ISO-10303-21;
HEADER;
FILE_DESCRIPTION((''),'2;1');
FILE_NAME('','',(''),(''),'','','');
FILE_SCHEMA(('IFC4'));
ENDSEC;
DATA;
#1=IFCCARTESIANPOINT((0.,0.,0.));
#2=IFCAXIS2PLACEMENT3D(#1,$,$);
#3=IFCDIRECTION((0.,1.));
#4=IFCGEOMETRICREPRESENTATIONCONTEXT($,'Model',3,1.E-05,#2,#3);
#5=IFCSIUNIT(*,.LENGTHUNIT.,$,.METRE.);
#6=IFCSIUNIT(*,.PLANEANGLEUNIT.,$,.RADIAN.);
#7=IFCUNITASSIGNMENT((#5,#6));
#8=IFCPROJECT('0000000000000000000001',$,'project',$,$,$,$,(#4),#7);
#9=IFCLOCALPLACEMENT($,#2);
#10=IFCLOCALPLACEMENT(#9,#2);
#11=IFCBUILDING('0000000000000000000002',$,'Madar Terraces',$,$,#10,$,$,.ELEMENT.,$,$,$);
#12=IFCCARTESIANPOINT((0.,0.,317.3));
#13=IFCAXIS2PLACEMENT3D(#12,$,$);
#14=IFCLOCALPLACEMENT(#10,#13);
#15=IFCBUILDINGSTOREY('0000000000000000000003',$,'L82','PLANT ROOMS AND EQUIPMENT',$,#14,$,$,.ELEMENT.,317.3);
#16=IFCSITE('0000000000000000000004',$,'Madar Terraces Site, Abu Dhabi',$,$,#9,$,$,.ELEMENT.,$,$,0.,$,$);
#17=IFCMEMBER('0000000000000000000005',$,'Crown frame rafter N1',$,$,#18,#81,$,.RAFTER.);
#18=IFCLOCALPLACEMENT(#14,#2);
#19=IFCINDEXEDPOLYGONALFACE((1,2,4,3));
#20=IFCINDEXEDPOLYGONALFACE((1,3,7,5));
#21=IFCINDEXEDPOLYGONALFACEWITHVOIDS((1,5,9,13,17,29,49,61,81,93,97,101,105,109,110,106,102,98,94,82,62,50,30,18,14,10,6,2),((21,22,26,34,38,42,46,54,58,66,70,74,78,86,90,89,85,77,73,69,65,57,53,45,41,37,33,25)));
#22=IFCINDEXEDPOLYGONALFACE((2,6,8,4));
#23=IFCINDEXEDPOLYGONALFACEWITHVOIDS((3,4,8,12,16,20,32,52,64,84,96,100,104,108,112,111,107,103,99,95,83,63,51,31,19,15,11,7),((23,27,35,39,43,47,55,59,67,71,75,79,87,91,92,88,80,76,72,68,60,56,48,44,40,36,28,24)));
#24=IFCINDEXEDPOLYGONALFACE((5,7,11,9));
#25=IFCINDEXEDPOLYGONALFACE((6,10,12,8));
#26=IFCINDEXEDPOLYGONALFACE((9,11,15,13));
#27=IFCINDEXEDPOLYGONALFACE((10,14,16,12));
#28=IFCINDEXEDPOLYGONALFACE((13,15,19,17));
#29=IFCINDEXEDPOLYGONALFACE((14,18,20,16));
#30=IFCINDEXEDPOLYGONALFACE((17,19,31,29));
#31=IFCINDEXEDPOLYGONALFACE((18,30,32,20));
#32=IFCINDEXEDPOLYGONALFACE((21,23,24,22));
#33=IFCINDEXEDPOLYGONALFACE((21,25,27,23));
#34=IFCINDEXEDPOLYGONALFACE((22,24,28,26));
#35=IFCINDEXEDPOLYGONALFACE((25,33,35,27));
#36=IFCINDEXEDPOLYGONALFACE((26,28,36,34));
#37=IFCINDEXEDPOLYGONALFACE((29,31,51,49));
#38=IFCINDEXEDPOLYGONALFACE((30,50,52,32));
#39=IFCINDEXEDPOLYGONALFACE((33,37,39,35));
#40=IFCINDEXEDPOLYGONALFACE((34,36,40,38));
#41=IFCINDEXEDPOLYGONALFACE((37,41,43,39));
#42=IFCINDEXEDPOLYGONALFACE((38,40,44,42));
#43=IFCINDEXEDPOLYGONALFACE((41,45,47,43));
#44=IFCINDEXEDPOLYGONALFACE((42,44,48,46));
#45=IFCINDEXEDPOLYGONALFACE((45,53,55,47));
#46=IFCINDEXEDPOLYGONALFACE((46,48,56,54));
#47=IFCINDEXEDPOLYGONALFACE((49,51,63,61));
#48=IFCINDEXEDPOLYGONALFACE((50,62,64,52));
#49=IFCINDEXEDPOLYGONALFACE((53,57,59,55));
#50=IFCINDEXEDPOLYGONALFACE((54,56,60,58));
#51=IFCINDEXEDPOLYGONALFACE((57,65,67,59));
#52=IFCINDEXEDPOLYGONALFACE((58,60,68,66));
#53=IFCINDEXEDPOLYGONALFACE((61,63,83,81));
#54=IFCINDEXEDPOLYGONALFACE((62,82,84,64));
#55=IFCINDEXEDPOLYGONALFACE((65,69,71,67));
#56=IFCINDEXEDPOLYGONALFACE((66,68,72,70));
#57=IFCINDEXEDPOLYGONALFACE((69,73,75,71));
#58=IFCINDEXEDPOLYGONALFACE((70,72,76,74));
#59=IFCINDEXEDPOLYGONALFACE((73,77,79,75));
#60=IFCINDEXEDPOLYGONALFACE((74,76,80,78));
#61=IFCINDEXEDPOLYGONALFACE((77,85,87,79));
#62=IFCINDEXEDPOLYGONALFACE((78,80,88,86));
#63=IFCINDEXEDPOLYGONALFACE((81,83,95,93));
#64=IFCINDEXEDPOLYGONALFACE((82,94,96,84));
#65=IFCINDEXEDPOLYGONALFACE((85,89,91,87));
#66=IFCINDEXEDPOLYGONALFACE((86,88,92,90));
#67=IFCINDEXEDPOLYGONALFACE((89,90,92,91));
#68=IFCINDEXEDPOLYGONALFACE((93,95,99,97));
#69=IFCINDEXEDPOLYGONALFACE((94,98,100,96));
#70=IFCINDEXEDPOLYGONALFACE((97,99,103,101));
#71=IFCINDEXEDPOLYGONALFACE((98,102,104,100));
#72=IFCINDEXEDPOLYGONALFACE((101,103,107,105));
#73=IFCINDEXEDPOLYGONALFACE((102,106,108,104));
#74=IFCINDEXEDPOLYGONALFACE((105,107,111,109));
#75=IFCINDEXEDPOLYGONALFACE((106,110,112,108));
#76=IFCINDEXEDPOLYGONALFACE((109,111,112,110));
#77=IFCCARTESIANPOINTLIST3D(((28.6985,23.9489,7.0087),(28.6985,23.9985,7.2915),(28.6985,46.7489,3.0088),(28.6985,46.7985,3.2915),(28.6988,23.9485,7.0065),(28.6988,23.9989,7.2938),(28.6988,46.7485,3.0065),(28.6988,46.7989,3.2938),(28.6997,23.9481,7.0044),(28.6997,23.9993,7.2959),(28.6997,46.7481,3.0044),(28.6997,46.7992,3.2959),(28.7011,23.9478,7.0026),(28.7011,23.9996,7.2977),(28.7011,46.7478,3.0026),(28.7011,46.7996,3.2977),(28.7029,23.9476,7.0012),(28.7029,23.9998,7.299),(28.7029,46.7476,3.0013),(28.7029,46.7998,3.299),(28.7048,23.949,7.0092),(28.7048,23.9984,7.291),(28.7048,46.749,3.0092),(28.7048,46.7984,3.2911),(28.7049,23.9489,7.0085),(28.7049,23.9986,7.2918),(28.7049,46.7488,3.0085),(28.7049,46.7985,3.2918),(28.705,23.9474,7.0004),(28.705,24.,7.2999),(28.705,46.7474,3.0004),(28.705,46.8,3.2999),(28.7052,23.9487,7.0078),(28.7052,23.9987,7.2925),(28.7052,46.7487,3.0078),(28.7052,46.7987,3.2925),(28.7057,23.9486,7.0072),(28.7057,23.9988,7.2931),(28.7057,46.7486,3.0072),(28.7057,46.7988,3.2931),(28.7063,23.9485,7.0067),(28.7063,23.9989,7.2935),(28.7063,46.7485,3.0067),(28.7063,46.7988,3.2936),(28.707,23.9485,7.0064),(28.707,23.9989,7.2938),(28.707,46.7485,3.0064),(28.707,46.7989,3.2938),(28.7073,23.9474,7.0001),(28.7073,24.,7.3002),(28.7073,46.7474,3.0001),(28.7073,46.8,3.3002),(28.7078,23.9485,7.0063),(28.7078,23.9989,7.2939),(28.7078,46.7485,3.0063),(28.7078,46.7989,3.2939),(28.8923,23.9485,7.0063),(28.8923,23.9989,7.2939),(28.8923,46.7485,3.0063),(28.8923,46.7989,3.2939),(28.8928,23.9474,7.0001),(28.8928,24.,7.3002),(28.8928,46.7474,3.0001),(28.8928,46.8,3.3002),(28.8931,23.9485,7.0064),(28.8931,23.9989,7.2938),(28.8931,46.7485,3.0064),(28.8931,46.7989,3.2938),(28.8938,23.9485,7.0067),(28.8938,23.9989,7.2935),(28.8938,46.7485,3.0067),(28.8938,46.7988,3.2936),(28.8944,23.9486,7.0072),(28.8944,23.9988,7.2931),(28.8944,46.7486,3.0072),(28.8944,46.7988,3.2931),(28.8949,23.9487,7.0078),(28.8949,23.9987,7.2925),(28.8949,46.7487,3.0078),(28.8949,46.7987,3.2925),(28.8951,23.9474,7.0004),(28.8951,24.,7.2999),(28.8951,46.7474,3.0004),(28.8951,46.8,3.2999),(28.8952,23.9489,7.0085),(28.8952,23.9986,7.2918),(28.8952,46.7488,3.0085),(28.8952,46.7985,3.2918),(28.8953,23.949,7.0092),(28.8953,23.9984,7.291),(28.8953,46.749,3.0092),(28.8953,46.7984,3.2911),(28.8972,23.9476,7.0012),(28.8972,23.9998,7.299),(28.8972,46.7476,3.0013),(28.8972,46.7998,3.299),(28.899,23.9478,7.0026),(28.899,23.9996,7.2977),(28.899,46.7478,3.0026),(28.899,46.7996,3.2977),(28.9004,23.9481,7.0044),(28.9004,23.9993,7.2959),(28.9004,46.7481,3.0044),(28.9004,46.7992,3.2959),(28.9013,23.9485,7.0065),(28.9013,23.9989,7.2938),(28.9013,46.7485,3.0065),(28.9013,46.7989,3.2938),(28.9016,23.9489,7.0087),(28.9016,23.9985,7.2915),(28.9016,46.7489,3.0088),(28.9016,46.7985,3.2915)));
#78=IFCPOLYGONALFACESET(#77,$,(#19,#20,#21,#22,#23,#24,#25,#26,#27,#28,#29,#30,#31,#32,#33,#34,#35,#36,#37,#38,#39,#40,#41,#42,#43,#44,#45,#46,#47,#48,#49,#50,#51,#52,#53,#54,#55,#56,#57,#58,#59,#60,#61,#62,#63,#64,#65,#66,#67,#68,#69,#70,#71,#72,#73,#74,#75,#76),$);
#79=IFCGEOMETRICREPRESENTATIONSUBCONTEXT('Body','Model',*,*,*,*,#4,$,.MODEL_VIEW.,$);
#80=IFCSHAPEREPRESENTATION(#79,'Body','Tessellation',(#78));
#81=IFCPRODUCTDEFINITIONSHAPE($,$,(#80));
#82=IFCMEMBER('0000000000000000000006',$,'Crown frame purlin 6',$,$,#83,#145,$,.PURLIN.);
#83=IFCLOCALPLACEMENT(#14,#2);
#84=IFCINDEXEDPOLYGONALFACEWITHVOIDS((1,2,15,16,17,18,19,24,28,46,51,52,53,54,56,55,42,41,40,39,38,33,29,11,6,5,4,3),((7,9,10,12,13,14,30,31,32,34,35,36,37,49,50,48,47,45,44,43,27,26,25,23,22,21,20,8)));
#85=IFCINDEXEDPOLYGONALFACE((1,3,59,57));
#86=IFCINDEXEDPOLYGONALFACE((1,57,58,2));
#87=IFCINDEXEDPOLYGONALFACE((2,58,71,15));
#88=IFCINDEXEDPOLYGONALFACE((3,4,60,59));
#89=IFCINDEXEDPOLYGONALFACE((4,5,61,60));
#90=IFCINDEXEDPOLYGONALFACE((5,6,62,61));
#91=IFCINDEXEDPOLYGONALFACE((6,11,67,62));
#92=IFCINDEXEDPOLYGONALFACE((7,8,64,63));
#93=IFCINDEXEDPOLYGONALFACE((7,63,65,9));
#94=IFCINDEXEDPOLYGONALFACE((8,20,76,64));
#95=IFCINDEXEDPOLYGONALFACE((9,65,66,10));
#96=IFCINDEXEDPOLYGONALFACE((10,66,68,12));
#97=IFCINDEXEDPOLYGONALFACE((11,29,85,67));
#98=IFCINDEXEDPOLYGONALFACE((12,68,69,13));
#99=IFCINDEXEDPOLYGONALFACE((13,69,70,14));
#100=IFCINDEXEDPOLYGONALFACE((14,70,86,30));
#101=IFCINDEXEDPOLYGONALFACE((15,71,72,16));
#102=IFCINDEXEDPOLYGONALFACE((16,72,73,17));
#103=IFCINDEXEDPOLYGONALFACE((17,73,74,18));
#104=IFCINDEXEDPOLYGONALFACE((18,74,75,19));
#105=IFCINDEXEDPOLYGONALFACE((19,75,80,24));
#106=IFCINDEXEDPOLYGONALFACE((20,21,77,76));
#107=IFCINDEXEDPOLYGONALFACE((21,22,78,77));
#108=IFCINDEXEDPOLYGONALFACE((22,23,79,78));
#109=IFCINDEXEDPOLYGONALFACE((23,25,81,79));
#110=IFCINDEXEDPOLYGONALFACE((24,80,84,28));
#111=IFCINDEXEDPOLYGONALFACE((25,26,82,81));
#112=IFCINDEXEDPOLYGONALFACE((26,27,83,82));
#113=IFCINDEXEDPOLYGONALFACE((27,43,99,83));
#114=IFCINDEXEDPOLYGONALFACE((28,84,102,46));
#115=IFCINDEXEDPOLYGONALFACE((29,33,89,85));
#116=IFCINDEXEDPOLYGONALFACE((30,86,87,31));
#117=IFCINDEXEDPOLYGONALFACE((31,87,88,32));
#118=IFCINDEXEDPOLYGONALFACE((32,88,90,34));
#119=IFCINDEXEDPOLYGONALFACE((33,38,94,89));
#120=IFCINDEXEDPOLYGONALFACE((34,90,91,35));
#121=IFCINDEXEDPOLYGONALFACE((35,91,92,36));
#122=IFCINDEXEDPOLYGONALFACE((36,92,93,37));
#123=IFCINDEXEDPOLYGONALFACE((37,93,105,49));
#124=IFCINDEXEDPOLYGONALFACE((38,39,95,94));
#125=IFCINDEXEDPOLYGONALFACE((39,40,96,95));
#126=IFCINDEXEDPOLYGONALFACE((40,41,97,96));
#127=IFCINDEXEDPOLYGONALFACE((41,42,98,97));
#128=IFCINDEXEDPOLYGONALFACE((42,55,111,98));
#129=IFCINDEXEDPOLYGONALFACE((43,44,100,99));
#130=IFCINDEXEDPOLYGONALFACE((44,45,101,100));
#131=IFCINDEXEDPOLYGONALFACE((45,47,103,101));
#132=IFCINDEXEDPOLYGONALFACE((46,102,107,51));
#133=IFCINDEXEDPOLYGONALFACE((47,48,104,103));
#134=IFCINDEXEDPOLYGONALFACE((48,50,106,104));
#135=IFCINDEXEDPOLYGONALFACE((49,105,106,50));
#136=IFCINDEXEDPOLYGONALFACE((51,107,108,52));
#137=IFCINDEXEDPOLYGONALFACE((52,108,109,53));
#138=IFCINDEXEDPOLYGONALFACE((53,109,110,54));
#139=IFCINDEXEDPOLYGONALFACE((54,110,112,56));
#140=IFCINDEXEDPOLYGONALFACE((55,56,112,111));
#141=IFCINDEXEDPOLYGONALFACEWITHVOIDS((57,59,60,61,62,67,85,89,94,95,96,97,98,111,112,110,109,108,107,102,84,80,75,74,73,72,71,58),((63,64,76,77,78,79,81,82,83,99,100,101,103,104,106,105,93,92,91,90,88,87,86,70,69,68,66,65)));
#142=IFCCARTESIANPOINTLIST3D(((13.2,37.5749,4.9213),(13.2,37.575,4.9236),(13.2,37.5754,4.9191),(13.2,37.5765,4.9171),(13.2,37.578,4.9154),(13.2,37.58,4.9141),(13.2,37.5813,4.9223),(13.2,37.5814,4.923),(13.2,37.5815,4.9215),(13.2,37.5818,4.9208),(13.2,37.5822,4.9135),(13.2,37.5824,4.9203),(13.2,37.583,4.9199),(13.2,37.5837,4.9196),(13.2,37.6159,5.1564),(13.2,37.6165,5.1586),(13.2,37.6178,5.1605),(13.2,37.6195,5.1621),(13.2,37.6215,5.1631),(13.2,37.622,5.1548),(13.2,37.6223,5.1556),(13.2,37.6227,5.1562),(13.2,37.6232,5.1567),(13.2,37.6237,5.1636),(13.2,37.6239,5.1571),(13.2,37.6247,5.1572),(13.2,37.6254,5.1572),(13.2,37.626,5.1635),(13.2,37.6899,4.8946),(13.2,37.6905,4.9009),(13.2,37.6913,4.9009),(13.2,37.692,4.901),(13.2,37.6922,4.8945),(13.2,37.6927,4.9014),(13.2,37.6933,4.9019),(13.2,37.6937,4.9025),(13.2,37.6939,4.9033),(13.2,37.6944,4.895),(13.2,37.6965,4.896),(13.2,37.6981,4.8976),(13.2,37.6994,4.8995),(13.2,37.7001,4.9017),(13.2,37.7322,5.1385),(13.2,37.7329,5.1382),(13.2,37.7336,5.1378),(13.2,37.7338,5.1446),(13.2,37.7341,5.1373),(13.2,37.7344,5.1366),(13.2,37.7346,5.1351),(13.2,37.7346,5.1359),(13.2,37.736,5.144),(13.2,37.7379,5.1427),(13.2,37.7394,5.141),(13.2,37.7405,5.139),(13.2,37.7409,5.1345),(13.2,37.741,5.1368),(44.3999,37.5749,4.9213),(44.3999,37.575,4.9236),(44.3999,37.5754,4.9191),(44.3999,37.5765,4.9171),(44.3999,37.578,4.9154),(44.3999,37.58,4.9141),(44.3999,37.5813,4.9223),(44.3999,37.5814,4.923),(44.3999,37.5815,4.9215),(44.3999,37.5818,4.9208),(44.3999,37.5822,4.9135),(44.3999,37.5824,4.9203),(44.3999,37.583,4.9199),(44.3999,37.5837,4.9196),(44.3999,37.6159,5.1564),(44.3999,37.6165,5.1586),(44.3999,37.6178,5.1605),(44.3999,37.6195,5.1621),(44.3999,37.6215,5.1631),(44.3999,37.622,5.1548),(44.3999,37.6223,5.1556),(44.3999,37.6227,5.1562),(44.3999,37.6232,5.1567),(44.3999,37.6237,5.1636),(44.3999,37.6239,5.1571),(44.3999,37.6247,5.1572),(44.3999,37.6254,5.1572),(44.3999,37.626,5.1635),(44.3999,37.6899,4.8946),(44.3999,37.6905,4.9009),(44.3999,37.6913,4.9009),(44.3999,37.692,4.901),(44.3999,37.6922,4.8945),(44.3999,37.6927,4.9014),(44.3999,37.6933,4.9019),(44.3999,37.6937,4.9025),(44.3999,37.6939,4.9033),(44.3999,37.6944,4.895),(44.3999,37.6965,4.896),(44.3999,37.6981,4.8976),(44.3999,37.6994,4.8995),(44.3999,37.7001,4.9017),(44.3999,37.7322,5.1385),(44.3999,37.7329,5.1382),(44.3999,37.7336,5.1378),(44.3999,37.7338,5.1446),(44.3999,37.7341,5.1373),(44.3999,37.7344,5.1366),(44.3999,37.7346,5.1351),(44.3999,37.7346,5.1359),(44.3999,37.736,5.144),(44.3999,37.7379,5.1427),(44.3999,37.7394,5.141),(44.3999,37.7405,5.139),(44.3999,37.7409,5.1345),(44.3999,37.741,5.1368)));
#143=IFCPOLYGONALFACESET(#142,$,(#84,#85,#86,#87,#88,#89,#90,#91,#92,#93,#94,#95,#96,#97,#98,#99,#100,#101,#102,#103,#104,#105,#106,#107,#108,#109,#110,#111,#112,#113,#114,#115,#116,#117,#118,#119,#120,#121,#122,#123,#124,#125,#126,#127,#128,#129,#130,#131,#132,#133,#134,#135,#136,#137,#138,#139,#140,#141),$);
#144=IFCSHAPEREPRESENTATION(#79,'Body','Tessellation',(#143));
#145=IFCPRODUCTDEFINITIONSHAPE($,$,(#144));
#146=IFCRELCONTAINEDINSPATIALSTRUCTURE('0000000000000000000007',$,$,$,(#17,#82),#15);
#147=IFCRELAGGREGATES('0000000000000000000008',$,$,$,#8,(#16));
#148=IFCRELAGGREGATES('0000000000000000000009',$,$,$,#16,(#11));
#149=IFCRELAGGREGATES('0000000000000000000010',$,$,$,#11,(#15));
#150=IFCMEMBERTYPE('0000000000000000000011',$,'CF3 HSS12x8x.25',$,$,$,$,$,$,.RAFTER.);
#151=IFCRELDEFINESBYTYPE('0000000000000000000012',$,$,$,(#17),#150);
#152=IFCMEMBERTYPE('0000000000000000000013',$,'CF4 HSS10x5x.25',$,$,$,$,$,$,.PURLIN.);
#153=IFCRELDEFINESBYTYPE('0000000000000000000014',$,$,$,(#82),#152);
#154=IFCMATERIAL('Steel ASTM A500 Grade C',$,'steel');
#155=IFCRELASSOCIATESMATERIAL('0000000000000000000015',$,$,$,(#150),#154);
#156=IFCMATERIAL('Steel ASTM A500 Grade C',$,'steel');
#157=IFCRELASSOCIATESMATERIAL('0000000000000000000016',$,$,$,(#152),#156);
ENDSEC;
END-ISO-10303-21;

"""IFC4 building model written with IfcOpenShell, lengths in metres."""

from ifc_helpers import new_model, si_unit, direction, frame, origin, origin_2d, place, context, subcontext, project, spatial, hollow_rectangle, extrude, material, material_profile, profile_set, type_object, element, save


model = new_model("IFC4")

# Units and contexts
model_context = context("Model", 3, precision=1e-05, world=origin(), true_north=direction((0.0, 1.0)))
body_context = subcontext(model_context, "Body", "Model", "MODEL_VIEW")
ifc_project = project(units=[si_unit("LENGTHUNIT", "METRE"), si_unit("PLANEANGLEUNIT", "RADIAN")], contexts=[model_context])

# Site, building, storey
site_placement = place(None, origin())
site = spatial("IfcSite", under=ifc_project, at=site_placement, Name="Madar Terraces Site, Abu Dhabi", CompositionType="ELEMENT", RefElevation=0.0)
building_placement = place(site_placement, origin())
building = spatial("IfcBuilding", under=site, at=building_placement, Name="Madar Terraces", CompositionType="ELEMENT")
storey_placement = place(building_placement, frame((0.0, 0.0, 317.3)))
storey = spatial("IfcBuildingStorey", under=building, at=storey_placement, Name="L82", Description="PLANT ROOMS AND EQUIPMENT", CompositionType="ELEMENT", Elevation=317.3)

# Members
ifc_material_1 = material(Name="Steel ASTM A500 Grade C", Category="steel")
ifc_material_profile_1 = material_profile(ifc_material_1, hollow_rectangle(XDim=0.2031, YDim=0.3047, WallThickness=0.0063, InnerFilletRadius=0.0029, OuterFilletRadius=0.0088, at=origin_2d()), Name="HSS12x8x.25")
ifc_profile_set_1 = profile_set([ifc_material_profile_1], Name="Steel ASTM A500 Grade C")
member_type_1 = type_object("IfcMemberType", Name="CF3 HSS12x8x.25", PredefinedType="RAFTER", material=ifc_profile_set_1)
member_1_placement = place(storey_placement, frame((28.8, 46.7737, 3.1501), z_axis=(0.0, -0.984957, 0.172799), x_axis=(1.0, 0.0, 0.0)))
element("IfcMember", 1, at=member_1_placement, inside=storey, type_object=member_type_1, Name="Crown frame rafter N1", PredefinedType="RAFTER", context=body_context, shape_type="SweptSolid", body=[
    extrude(hollow_rectangle(XDim=0.2031, YDim=0.3047, WallThickness=0.0063, InnerFilletRadius=0.0029, OuterFilletRadius=0.0088, at=origin_2d()), origin(), (0.0, 0.0, 1.0), 23.1482),
])
ifc_material_2 = material(Name="Steel ASTM A500 Grade C", Category="steel")
ifc_material_profile_2 = material_profile(ifc_material_2, hollow_rectangle(XDim=0.127, YDim=0.2539, WallThickness=0.0063, InnerFilletRadius=0.0029, OuterFilletRadius=0.0088, at=origin_2d()), Name="HSS10x5x.25")
ifc_profile_set_2 = profile_set([ifc_material_profile_2], Name="Steel ASTM A500 Grade C")
member_type_2 = type_object("IfcMemberType", Name="CF4 HSS10x5x.25", PredefinedType="PURLIN", material=ifc_profile_set_2)
member_2_placement = place(storey_placement, frame((44.3999, 37.658, 5.0291), z_axis=(-1.0, 0.0, 0.0), x_axis=(0.0, -0.984957, 0.172799)))
element("IfcMember", 2, at=member_2_placement, inside=storey, type_object=member_type_2, Name="Crown frame purlin 6", PredefinedType="PURLIN", context=body_context, shape_type="SweptSolid", body=[
    extrude(hollow_rectangle(XDim=0.127, YDim=0.2539, WallThickness=0.0063, InnerFilletRadius=0.0029, OuterFilletRadius=0.0088, at=origin_2d()), origin(), (0.0, 0.0, 1.0), 31.2),
])

save(model, "model.ifc")
